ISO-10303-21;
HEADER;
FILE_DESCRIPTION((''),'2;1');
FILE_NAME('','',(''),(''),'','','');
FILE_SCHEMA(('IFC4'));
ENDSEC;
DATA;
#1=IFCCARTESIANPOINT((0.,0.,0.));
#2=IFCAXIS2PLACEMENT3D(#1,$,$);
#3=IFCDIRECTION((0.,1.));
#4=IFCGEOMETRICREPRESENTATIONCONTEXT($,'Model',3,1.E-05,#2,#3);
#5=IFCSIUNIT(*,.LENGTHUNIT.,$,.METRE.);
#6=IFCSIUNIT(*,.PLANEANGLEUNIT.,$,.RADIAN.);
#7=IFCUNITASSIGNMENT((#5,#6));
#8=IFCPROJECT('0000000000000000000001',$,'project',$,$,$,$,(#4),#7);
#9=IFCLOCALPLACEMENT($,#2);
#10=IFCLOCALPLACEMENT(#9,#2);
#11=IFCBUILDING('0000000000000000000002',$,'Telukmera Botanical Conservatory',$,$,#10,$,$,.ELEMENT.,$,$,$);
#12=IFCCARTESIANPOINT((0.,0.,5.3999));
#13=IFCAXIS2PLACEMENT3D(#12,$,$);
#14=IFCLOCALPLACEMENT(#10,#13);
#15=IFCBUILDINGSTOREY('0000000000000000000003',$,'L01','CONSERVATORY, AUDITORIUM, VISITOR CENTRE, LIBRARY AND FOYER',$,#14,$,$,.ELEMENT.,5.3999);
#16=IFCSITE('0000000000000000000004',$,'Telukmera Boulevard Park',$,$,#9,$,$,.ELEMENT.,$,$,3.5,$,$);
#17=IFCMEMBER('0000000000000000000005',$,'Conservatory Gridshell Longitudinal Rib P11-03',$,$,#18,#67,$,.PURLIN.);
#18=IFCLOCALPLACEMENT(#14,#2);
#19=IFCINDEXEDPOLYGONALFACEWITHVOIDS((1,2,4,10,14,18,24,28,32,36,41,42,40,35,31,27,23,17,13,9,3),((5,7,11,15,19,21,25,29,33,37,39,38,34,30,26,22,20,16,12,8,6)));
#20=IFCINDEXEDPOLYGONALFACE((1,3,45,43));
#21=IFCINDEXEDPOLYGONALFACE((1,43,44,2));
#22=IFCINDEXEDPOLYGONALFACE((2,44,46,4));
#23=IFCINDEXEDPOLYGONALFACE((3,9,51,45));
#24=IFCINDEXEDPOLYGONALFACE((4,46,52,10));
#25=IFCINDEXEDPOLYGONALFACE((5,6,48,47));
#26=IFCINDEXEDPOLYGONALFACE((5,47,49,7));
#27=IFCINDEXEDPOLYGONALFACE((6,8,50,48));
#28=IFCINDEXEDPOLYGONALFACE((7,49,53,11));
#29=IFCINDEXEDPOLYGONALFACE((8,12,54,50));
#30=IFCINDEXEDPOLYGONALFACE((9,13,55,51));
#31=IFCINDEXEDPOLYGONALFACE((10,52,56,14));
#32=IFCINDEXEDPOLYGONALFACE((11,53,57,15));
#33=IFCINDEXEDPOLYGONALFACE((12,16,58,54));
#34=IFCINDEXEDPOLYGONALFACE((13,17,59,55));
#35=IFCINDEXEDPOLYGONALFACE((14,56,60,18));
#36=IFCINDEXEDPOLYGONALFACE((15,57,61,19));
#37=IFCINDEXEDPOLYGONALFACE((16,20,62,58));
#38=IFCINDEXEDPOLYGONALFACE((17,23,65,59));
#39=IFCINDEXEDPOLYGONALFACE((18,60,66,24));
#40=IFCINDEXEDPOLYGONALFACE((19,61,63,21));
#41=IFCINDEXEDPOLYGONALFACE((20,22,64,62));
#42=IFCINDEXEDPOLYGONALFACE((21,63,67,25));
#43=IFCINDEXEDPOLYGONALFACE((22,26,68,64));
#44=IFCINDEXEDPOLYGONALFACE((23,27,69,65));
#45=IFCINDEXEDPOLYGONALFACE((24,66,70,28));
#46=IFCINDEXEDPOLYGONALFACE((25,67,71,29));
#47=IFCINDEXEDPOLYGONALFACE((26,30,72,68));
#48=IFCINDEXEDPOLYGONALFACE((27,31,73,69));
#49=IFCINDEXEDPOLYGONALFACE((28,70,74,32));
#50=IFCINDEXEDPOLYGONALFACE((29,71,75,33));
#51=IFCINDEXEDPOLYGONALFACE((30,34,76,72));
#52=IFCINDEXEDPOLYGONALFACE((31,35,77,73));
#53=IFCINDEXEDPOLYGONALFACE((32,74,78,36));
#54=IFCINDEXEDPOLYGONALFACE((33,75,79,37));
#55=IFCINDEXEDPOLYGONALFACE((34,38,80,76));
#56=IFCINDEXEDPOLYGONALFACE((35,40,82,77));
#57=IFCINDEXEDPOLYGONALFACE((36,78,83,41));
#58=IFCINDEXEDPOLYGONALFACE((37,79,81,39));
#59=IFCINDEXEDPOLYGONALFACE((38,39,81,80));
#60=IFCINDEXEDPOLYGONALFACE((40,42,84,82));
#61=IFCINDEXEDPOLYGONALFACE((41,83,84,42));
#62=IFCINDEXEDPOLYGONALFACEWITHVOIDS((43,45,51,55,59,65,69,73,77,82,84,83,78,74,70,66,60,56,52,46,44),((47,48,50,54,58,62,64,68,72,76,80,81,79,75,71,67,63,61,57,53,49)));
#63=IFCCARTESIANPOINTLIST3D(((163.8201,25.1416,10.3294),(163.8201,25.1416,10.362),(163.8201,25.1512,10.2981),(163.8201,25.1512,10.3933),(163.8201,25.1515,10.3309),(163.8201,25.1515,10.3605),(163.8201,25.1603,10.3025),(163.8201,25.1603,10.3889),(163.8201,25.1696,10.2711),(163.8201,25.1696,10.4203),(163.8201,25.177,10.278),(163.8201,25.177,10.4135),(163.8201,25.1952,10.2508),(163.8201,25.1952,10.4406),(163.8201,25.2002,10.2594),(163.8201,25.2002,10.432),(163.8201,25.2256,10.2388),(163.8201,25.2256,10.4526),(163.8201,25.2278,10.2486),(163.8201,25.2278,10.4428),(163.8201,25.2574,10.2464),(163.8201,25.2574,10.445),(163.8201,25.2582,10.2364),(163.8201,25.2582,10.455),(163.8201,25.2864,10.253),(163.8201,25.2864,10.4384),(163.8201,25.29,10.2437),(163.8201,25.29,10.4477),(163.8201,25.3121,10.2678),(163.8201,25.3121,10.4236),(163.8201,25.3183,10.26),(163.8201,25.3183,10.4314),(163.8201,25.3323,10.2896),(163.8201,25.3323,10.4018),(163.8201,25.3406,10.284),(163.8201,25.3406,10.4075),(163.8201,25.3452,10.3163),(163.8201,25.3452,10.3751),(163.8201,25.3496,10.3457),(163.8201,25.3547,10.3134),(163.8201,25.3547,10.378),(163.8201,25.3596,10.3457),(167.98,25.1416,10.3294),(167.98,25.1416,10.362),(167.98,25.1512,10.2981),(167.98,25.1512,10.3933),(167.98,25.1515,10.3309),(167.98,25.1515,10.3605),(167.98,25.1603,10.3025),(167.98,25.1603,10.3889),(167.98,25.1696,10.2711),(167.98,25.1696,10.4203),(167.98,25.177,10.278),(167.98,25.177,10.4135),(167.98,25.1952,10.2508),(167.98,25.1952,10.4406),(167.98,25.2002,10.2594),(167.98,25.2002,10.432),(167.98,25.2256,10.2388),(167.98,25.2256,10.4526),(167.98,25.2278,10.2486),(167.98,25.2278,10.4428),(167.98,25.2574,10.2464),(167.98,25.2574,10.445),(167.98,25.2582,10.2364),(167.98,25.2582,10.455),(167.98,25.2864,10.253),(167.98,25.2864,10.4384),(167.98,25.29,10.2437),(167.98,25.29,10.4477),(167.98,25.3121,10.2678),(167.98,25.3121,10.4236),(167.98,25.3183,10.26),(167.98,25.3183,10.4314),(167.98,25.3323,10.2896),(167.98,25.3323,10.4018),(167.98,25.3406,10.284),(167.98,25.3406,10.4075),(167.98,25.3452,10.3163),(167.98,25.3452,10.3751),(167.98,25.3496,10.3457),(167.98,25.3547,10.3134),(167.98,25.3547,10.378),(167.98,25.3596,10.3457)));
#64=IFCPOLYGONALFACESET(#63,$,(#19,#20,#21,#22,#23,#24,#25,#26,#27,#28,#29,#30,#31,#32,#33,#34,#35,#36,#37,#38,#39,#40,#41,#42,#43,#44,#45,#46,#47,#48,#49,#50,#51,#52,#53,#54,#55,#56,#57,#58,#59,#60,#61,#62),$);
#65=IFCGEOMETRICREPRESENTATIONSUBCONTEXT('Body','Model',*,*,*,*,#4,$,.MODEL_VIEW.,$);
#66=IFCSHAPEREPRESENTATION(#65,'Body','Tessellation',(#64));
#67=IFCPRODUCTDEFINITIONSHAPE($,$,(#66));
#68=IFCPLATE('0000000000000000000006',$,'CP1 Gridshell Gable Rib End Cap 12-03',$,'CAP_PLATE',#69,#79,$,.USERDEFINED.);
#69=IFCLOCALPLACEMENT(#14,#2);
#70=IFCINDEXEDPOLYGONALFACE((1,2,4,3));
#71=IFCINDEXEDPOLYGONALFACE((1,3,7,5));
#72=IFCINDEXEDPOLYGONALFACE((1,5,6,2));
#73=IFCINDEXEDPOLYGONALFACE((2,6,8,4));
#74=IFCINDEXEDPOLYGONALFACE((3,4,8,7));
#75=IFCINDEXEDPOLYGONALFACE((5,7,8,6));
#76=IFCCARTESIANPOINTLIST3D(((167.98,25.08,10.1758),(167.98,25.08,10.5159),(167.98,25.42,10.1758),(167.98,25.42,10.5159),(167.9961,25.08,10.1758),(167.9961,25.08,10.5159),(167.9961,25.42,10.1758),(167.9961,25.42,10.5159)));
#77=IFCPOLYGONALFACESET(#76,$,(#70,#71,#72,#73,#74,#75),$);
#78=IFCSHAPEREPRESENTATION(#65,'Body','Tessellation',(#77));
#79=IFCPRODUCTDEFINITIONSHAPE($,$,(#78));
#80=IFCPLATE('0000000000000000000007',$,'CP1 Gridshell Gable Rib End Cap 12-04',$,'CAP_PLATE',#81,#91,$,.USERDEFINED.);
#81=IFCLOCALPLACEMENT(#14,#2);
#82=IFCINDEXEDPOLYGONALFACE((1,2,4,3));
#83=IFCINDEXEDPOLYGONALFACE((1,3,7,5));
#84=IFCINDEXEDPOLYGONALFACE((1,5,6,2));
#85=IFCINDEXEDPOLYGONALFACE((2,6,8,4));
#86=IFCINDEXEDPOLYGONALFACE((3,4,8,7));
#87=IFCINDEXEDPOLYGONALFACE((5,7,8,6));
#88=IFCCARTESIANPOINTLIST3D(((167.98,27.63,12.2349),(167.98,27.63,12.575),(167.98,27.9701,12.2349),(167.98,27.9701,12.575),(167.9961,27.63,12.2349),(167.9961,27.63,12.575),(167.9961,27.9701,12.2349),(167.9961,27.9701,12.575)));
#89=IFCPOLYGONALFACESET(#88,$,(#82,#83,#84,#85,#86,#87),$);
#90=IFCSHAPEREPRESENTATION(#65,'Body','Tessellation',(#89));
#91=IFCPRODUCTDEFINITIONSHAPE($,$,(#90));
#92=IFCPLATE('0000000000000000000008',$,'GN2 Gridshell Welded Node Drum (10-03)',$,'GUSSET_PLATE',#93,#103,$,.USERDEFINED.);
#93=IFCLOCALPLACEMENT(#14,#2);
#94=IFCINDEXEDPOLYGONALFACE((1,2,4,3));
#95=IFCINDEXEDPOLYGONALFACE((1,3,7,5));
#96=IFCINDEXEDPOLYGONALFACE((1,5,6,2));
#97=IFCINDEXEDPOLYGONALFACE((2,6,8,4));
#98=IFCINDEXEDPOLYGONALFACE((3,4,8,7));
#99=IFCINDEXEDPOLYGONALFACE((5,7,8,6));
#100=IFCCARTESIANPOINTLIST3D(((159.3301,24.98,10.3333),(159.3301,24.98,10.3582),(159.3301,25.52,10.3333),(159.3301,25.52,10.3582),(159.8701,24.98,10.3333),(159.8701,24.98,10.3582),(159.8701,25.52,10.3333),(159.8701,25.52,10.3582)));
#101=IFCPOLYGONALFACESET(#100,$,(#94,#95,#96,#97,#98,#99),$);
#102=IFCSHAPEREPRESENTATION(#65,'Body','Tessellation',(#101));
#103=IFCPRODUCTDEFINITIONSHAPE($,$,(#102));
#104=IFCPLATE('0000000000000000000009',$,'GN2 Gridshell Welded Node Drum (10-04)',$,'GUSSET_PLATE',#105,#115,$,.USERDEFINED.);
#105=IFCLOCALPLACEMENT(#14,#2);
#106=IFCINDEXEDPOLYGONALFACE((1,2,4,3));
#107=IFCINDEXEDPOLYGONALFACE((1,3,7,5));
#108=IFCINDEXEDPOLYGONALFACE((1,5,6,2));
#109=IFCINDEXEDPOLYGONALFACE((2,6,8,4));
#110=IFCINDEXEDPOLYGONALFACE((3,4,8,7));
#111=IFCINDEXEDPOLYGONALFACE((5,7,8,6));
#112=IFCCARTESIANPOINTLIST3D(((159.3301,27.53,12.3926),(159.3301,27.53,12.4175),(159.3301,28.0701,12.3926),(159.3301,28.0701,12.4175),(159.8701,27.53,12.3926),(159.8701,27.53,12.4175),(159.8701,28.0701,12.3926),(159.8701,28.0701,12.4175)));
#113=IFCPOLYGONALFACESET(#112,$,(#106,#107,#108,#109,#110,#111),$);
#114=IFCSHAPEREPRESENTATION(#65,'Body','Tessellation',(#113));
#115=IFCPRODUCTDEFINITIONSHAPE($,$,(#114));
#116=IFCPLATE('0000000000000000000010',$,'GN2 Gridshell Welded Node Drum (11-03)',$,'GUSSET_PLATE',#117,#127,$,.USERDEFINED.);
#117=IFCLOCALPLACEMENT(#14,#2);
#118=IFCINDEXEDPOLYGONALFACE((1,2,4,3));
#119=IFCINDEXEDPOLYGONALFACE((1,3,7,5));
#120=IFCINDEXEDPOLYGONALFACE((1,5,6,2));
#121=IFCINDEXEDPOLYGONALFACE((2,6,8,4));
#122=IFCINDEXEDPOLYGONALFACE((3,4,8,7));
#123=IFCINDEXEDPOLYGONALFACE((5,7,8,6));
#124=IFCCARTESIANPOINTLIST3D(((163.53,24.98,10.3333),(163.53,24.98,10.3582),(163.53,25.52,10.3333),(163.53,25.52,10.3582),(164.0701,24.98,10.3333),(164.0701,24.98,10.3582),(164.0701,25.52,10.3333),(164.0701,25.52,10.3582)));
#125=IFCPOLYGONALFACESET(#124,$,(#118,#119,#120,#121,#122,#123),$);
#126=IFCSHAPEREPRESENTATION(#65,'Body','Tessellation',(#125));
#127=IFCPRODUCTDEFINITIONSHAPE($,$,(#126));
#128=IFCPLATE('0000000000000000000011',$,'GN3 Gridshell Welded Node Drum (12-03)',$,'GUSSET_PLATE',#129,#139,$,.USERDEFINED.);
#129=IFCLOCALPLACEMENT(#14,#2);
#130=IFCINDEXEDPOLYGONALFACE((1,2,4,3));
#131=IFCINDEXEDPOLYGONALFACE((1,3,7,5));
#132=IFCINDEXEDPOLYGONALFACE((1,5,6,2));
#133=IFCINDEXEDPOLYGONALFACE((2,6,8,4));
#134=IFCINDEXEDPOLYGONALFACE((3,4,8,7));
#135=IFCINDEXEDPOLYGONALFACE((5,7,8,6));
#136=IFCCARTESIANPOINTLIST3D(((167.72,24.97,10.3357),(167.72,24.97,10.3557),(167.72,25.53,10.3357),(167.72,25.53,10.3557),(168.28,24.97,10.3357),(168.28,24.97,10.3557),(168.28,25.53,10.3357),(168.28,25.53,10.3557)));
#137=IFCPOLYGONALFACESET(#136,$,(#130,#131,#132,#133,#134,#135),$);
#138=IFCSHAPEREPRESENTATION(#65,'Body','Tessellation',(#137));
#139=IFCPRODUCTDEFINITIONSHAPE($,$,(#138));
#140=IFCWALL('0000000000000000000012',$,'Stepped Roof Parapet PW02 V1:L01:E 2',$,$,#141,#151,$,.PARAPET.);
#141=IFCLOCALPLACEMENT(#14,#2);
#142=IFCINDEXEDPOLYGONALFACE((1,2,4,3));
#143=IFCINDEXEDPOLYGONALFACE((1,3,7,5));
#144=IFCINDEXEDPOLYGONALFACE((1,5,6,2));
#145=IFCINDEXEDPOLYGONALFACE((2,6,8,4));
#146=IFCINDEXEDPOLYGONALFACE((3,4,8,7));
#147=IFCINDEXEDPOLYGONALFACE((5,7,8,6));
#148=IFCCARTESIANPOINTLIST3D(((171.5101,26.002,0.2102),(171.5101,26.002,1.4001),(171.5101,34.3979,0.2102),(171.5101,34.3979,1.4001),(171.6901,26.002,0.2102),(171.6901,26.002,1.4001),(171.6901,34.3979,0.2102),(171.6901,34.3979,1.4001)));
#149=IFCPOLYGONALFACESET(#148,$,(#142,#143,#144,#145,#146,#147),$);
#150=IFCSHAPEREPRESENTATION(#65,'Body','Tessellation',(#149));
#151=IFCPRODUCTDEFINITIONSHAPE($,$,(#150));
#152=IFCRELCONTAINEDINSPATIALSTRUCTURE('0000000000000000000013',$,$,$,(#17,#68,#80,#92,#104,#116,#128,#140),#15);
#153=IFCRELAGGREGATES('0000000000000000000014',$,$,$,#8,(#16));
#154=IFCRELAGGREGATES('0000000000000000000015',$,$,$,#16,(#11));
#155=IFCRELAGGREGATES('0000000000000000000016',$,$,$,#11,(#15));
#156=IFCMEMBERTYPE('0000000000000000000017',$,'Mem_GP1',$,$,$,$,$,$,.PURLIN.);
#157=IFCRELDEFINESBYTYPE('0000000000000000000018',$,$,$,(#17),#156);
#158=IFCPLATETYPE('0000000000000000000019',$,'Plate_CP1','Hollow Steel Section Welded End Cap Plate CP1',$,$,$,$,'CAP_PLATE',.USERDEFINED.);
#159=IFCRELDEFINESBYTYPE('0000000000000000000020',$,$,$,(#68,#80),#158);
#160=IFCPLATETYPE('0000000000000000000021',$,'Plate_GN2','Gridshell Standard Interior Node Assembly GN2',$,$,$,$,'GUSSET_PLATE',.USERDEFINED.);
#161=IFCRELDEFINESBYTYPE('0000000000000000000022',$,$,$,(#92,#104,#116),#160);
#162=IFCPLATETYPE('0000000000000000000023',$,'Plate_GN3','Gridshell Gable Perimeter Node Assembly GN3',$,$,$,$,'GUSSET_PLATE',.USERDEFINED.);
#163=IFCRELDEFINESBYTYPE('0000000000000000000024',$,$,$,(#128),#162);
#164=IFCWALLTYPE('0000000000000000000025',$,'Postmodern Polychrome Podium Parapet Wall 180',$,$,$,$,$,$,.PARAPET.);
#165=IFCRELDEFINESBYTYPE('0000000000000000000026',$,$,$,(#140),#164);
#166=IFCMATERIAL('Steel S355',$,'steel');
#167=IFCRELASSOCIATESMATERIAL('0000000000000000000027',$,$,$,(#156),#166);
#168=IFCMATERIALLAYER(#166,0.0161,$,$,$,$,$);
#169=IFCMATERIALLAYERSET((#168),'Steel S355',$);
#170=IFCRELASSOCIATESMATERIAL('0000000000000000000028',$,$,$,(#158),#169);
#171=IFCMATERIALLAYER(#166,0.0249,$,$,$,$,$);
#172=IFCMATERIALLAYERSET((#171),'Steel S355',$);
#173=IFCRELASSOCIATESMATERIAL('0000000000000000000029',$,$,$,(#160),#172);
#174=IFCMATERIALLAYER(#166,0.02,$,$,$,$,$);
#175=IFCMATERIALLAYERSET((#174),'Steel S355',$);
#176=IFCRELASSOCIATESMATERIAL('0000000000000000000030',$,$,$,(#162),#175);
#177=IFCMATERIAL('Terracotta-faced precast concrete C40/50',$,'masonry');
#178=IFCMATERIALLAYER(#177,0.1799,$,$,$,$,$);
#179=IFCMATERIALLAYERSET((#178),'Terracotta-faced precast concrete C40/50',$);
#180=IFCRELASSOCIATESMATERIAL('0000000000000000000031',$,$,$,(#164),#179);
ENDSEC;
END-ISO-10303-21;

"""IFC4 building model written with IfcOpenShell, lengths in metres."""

from ifc_helpers import new_model, si_unit, direction, frame, frame_2d, origin, origin_2d, place, context, subcontext, project, spatial, rectangle, hollow_circle, extrude, material, layer, layer_set, material_profile, profile_set, type_object, element, save


model = new_model("IFC4")

# Units and contexts
model_context = context("Model", 3, precision=1e-05, world=origin(), true_north=direction((0.0, 1.0)))
body_context = subcontext(model_context, "Body", "Model", "MODEL_VIEW")
ifc_project = project(units=[si_unit("LENGTHUNIT", "METRE"), si_unit("PLANEANGLEUNIT", "RADIAN")], contexts=[model_context])

# Site, building, storey
site_placement = place(None, origin())
site = spatial("IfcSite", under=ifc_project, at=site_placement, Name="Telukmera Boulevard Park", CompositionType="ELEMENT", RefElevation=3.5)
building_placement = place(site_placement, origin())
building = spatial("IfcBuilding", under=site, at=building_placement, Name="Telukmera Botanical Conservatory", CompositionType="ELEMENT")
storey_placement = place(building_placement, frame((0.0, 0.0, 5.3999)))
storey = spatial("IfcBuildingStorey", under=building, at=storey_placement, Name="L01", Description="CONSERVATORY, AUDITORIUM, VISITOR CENTRE, LIBRARY AND FOYER", CompositionType="ELEMENT", Elevation=5.3999)

# Shared definitions
ifc_material_1 = material(Name="Steel S355", Category="steel")

# Member
ifc_material_profile_1 = material_profile(ifc_material_1, hollow_circle(Radius=0.1096, WallThickness=0.01, at=origin_2d()), Name="CHS 219.1x10.0")
ifc_profile_set_1 = profile_set([ifc_material_profile_1], Name="Steel S355")
member_type_1 = type_object("IfcMemberType", Name="Mem_GP1", PredefinedType="PURLIN", material=ifc_profile_set_1)
for number, where, z_axis, x_axis, name in (
    (1, (163.8201, 25.25, 10.3457), (1.0, 0.0, 0.0), (0.0, 1.0, 0.0), "Conservatory Gridshell Longitudinal Rib P11-03"),
):
    element("IfcMember", number, at=place(storey_placement, frame(where, z_axis=z_axis, x_axis=x_axis)), inside=storey, type_object=member_type_1, Name=name, PredefinedType="PURLIN", context=body_context, shape_type="SweptSolid", body=[
        extrude(hollow_circle(Radius=0.1096, WallThickness=0.01, at=origin_2d()), origin(), (0.0, 0.0, 1.0), 4.1599),
    ])

# Plates
ifc_layer_1 = layer(ifc_material_1, 0.0161)
ifc_layer_set_1 = layer_set([ifc_layer_1], Name="Steel S355")
plate_type_1 = type_object("IfcPlateType", Name="Plate_CP1", Description="Hollow Steel Section Welded End Cap Plate CP1", ElementType="CAP_PLATE", PredefinedType="USERDEFINED", material=ifc_layer_set_1)
for number, where, z_axis, x_axis, name in (
    (2, (167.988, 25.25, 10.1758), (0.0, 0.0, 1.0), (1.0, 0.0, 0.0), "CP1 Gridshell Gable Rib End Cap 12-03"),
    (3, (167.988, 27.8, 12.2349), (0.0, 0.0, 1.0), (1.0, 0.0, 0.0), "CP1 Gridshell Gable Rib End Cap 12-04"),
):
    element("IfcPlate", number, at=place(storey_placement, frame(where, z_axis=z_axis, x_axis=x_axis)), inside=storey, type_object=plate_type_1, Name=name, ObjectType="CAP_PLATE", PredefinedType="USERDEFINED", context=body_context, shape_type="SweptSolid", body=[
        extrude(rectangle(XDim=0.0161, YDim=0.3401, at=origin_2d()), origin(), (0.0, 0.0, 1.0), 0.3401),
    ])
ifc_layer_2 = layer(ifc_material_1, 0.0249)
ifc_layer_set_2 = layer_set([ifc_layer_2], Name="Steel S355")
plate_type_2 = type_object("IfcPlateType", Name="Plate_GN2", Description="Gridshell Standard Interior Node Assembly GN2", ElementType="GUSSET_PLATE", PredefinedType="USERDEFINED", material=ifc_layer_set_2)
for number, where, z_axis, x_axis, name in (
    (4, (159.6001, 25.25, 10.3333), (0.0, 0.0, 1.0), (1.0, 0.0, 0.0), "GN2 Gridshell Welded Node Drum (10-03)"),
    (5, (159.6001, 27.8, 12.3926), (0.0, 0.0, 1.0), (1.0, 0.0, 0.0), "GN2 Gridshell Welded Node Drum (10-04)"),
    (6, (163.8, 25.25, 10.3333), (0.0, 0.0, 1.0), (1.0, 0.0, 0.0), "GN2 Gridshell Welded Node Drum (11-03)"),
):
    element("IfcPlate", number, at=place(storey_placement, frame(where, z_axis=z_axis, x_axis=x_axis)), inside=storey, type_object=plate_type_2, Name=name, ObjectType="GUSSET_PLATE", PredefinedType="USERDEFINED", context=body_context, shape_type="SweptSolid", body=[
        extrude(rectangle(XDim=0.54, YDim=0.54, at=origin_2d()), origin(), (0.0, 0.0, 1.0), 0.0249),
    ])
ifc_layer_3 = layer(ifc_material_1, 0.02)
ifc_layer_set_3 = layer_set([ifc_layer_3], Name="Steel S355")
plate_type_3 = type_object("IfcPlateType", Name="Plate_GN3", Description="Gridshell Gable Perimeter Node Assembly GN3", ElementType="GUSSET_PLATE", PredefinedType="USERDEFINED", material=ifc_layer_set_3)
plate_placement = place(storey_placement, frame((168.0, 25.25, 10.3357), z_axis=(0.0, 0.0, 1.0), x_axis=(1.0, 0.0, 0.0)))
element("IfcPlate", 7, at=plate_placement, inside=storey, type_object=plate_type_3, Name="GN3 Gridshell Welded Node Drum (12-03)", ObjectType="GUSSET_PLATE", PredefinedType="USERDEFINED", context=body_context, shape_type="SweptSolid", body=[
    extrude(rectangle(XDim=0.5601, YDim=0.5601, at=origin_2d()), origin(), (0.0, 0.0, 1.0), 0.02),
])

# Wall
ifc_material_2 = material(Name="Terracotta-faced precast concrete C40/50", Category="masonry")
ifc_layer_4 = layer(ifc_material_2, 0.1799)
ifc_layer_set_4 = layer_set([ifc_layer_4], Name="Terracotta-faced precast concrete C40/50")
wall_type = type_object("IfcWallType", Name="Postmodern Polychrome Podium Parapet Wall 180", PredefinedType="PARAPET", material=ifc_layer_set_4)
wall_placement = place(storey_placement, frame((171.6001, 26.002, 0.2102), z_axis=(0.0, 0.0, 1.0), x_axis=(0.0, 1.0, 0.0)))
element("IfcWall", 8, at=wall_placement, inside=storey, type_object=wall_type, Name="Stepped Roof Parapet PW02 V1:L01:E 2", PredefinedType="PARAPET", context=body_context, shape_type="SweptSolid", body=[
    extrude(rectangle(XDim=8.396, YDim=0.1799, at=frame_2d((4.198, 0.0))), origin(), (0.0, 0.0, 1.0), 1.1899),
])

save(model, "model.ifc")
